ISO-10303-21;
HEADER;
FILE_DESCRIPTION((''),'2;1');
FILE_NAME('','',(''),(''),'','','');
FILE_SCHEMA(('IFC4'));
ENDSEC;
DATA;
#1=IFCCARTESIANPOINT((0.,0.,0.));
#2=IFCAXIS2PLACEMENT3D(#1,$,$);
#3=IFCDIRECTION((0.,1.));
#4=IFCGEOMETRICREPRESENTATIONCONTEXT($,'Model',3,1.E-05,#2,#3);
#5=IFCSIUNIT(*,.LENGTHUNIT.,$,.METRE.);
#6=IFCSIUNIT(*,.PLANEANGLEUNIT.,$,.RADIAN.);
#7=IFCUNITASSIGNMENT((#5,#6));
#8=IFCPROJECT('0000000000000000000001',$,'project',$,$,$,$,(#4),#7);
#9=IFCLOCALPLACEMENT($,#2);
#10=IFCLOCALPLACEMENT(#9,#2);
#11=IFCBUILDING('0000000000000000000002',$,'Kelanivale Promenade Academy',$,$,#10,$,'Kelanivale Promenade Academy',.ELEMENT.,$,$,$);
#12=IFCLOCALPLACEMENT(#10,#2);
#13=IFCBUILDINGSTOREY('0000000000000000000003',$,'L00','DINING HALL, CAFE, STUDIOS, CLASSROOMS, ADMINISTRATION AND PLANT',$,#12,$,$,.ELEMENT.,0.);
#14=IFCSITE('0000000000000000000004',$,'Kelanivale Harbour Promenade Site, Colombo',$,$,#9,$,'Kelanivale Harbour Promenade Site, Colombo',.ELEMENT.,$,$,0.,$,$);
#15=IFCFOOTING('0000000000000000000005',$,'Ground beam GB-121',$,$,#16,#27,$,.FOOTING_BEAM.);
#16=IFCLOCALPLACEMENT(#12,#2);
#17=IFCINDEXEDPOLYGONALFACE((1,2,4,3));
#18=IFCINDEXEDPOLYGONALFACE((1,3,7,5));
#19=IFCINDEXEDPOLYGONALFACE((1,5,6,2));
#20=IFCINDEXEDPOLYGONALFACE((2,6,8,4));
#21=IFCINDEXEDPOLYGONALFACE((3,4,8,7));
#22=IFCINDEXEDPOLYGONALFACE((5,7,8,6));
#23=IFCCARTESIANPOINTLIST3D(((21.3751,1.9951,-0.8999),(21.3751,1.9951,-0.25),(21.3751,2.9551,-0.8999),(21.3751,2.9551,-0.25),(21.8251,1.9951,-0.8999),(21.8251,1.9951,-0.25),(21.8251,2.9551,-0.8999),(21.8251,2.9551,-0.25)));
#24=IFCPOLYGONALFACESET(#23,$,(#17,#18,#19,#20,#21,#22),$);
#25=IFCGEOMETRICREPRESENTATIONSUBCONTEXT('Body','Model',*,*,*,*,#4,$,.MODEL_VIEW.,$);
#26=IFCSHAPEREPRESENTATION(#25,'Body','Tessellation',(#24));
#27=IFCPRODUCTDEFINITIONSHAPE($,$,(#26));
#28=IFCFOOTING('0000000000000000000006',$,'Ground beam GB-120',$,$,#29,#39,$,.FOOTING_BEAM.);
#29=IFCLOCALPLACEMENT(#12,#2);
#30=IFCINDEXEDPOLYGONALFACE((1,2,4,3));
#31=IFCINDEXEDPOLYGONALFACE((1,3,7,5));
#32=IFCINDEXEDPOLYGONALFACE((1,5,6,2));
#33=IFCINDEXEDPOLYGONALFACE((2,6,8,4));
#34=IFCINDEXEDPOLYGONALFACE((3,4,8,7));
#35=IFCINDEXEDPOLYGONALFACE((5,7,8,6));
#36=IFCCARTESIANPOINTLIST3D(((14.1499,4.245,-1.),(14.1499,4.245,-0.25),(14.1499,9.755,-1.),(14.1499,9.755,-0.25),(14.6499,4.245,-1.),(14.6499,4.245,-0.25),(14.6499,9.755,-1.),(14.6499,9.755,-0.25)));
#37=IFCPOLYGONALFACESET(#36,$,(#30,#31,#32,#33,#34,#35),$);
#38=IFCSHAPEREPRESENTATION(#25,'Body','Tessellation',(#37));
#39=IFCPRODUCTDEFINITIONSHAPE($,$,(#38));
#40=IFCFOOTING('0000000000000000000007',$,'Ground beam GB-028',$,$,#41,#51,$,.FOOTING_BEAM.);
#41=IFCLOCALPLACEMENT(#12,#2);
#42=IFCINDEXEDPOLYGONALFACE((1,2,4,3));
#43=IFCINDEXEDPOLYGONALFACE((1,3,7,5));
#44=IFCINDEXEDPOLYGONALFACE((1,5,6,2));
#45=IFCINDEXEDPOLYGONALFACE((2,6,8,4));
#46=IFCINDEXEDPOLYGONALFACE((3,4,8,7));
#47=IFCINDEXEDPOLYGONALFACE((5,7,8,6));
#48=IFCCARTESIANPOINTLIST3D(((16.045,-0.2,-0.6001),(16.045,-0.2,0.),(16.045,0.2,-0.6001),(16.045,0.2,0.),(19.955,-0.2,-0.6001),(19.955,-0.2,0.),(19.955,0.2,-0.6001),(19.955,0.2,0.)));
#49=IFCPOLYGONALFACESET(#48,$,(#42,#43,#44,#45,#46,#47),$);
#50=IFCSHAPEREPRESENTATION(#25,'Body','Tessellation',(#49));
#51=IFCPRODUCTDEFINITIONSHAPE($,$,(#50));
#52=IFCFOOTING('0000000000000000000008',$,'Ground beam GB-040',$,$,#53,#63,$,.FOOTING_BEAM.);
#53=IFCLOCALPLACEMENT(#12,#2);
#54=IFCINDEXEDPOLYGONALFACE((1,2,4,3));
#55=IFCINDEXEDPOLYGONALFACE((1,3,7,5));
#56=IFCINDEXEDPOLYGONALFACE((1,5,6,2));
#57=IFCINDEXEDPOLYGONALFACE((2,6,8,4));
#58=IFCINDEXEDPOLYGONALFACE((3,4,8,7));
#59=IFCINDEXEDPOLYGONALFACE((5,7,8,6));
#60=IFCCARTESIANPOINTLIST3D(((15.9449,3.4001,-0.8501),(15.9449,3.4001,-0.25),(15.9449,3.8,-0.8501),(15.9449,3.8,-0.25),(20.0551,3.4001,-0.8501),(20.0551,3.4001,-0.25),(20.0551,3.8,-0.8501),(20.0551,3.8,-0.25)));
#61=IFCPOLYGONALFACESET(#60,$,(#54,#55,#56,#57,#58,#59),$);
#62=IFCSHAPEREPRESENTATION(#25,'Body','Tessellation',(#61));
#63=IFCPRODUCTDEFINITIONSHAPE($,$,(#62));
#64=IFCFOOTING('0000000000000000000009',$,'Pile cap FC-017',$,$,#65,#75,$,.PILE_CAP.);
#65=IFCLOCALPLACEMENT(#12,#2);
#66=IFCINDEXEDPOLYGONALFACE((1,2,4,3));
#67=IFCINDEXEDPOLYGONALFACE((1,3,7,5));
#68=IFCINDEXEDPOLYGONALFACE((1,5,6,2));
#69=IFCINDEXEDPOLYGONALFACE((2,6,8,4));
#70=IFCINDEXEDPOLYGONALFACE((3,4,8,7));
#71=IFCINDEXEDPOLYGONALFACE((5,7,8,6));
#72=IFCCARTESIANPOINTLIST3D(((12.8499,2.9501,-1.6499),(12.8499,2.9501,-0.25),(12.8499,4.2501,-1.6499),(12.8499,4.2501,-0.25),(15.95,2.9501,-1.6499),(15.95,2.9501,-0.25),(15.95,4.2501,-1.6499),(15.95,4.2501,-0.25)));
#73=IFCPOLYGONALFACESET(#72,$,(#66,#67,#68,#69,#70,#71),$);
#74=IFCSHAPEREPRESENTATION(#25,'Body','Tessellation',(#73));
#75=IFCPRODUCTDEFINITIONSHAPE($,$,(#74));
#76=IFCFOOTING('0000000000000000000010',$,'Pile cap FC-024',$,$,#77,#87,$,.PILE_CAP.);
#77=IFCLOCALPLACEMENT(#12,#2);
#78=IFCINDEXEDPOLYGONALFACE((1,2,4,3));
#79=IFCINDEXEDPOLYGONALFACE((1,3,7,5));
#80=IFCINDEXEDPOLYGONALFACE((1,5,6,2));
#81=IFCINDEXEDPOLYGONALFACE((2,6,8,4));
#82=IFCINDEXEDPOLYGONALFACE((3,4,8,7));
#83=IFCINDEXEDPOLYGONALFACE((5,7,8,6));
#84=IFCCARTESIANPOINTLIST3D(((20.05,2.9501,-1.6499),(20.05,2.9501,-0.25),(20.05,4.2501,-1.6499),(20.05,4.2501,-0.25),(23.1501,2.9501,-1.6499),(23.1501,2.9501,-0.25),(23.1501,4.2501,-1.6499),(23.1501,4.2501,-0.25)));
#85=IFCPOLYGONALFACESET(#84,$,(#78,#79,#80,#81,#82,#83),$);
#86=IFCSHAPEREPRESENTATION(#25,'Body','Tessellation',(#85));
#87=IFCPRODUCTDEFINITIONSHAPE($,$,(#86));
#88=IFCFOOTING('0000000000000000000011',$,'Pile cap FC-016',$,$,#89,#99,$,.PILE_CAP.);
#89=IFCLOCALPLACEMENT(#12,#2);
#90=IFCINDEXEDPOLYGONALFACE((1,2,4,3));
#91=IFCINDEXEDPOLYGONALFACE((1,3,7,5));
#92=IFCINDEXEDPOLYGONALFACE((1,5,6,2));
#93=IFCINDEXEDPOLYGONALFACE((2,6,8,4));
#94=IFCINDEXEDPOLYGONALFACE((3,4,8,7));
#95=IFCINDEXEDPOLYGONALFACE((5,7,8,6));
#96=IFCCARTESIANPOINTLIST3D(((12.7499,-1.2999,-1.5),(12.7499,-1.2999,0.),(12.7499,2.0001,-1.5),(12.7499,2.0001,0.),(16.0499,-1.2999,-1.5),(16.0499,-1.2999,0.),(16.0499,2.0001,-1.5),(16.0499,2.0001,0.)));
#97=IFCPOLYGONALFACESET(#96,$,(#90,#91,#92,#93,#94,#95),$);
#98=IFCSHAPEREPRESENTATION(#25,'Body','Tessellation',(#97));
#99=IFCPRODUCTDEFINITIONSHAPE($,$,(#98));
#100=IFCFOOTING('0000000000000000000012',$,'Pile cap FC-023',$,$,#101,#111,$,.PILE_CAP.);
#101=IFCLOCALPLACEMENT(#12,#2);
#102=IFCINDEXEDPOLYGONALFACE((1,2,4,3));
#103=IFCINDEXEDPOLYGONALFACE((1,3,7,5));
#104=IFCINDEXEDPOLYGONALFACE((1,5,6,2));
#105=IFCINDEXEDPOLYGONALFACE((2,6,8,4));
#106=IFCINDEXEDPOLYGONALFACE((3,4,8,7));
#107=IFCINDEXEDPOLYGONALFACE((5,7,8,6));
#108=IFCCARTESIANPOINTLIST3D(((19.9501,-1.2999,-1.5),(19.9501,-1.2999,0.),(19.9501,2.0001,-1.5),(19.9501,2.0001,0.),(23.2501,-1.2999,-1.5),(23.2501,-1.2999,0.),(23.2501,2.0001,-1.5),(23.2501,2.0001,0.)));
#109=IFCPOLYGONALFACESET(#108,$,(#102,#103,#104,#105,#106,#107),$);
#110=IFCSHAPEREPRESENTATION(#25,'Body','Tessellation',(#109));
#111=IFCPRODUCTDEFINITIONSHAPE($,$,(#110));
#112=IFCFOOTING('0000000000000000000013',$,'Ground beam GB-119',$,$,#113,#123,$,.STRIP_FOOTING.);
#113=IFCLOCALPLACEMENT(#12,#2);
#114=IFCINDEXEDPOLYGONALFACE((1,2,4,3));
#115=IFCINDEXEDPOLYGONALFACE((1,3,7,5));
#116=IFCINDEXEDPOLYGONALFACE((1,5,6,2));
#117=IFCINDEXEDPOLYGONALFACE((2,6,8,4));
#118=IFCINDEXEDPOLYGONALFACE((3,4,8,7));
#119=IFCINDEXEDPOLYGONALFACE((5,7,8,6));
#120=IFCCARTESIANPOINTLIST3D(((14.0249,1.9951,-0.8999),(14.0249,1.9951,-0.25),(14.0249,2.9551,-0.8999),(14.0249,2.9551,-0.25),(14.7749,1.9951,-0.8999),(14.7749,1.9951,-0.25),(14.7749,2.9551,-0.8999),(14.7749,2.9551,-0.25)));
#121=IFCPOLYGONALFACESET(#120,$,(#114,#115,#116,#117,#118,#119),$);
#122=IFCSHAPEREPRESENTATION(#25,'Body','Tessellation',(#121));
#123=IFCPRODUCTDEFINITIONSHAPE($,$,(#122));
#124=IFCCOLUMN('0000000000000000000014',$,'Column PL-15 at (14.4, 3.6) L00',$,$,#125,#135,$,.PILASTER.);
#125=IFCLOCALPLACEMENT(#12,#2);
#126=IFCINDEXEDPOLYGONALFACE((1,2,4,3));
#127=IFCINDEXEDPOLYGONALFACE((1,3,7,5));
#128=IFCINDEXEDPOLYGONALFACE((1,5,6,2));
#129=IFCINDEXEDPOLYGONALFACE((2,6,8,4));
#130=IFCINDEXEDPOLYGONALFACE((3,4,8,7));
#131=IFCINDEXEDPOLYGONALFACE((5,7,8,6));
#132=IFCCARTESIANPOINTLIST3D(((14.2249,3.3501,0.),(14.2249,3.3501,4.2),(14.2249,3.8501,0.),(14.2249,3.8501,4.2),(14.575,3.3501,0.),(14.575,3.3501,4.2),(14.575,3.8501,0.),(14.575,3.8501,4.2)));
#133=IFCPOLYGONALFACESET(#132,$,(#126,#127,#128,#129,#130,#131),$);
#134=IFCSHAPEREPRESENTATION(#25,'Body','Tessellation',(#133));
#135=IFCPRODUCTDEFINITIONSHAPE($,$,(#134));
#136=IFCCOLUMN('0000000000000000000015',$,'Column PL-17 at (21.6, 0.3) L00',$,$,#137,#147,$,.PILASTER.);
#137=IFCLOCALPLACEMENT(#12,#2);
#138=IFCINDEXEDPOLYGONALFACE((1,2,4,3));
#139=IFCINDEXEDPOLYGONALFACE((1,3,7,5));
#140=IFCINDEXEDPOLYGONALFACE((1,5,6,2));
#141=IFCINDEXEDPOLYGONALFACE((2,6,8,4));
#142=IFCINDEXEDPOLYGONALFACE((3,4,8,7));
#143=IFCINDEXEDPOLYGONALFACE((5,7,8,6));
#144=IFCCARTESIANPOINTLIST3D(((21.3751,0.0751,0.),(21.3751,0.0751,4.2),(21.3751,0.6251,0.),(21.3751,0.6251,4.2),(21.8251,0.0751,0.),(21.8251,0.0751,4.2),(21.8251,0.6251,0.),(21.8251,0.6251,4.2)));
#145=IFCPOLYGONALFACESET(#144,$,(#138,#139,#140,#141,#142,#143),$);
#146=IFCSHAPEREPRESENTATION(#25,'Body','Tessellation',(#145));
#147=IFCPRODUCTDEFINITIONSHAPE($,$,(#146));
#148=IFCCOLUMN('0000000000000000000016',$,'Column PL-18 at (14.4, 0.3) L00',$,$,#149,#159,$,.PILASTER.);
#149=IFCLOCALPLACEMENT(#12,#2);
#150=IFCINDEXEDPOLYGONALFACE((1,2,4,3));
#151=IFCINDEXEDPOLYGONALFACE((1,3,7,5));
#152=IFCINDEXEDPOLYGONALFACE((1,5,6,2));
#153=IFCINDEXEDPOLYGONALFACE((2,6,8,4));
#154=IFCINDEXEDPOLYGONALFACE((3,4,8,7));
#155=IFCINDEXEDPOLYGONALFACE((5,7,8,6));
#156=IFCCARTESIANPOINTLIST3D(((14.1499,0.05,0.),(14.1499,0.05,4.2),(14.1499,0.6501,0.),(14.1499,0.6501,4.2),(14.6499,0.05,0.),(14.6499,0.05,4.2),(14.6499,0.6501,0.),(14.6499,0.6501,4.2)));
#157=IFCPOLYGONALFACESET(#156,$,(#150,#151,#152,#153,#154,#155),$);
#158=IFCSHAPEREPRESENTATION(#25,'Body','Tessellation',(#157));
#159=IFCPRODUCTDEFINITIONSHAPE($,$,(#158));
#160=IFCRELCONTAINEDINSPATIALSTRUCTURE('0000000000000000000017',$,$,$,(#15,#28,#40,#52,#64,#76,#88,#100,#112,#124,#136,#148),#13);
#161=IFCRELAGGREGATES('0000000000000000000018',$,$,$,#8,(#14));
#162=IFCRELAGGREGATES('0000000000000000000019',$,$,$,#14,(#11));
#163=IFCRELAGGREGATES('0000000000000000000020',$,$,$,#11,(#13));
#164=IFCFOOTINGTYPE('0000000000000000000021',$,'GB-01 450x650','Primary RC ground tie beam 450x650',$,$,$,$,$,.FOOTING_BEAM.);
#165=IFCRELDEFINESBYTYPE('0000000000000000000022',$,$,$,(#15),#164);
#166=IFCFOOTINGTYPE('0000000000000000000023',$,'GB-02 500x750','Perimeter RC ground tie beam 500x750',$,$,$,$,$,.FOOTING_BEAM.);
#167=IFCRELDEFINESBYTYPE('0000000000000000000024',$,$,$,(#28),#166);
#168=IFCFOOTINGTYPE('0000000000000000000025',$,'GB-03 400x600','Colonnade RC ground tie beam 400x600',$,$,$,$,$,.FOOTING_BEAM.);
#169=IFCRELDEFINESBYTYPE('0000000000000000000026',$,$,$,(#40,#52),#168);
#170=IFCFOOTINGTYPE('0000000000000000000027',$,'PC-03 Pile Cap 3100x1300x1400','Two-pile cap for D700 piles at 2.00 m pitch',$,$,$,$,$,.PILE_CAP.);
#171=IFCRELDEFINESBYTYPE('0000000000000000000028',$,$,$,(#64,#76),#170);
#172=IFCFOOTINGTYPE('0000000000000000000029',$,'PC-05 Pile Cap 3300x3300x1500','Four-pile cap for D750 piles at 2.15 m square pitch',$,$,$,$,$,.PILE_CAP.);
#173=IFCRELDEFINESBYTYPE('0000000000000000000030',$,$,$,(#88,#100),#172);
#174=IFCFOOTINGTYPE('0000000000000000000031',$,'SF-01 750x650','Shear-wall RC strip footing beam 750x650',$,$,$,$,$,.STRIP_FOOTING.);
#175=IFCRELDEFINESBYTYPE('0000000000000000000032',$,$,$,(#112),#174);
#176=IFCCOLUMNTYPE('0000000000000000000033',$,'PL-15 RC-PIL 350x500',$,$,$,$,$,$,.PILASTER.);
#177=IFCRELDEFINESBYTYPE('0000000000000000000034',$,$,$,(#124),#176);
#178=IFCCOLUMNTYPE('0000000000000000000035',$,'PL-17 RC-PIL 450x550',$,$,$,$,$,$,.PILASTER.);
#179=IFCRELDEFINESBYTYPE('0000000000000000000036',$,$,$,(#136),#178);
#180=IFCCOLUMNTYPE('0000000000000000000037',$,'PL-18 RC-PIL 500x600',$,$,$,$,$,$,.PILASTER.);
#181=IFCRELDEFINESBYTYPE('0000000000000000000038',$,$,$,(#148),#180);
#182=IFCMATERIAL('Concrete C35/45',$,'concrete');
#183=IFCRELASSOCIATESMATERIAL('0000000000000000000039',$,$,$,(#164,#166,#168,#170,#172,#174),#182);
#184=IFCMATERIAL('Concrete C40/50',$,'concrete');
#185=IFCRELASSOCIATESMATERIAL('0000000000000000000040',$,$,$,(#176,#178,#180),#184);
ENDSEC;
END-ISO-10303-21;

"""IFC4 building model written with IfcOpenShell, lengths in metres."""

from ifc_helpers import new_model, si_unit, direction, frame, origin, origin_2d, place, context, subcontext, project, spatial, rectangle, extrude, material, material_profile, profile_set, type_object, element, save


model = new_model("IFC4")

# Units and contexts
model_context = context("Model", 3, precision=1e-05, world=origin(), true_north=direction((0.0, 1.0)))
body_context = subcontext(model_context, "Body", "Model", "MODEL_VIEW")
ifc_project = project(units=[si_unit("LENGTHUNIT", "METRE"), si_unit("PLANEANGLEUNIT", "RADIAN")], contexts=[model_context])

# Site, building, storey
site_placement = place(None, origin())
site = spatial("IfcSite", under=ifc_project, at=site_placement, Name="Kelanivale Harbour Promenade Site, Colombo", LongName="Kelanivale Harbour Promenade Site, Colombo", CompositionType="ELEMENT", RefElevation=0.0)
building_placement = place(site_placement, origin())
building = spatial("IfcBuilding", under=site, at=building_placement, Name="Kelanivale Promenade Academy", LongName="Kelanivale Promenade Academy", CompositionType="ELEMENT")
storey_placement = place(building_placement, origin())
storey = spatial("IfcBuildingStorey", under=building, at=storey_placement, Name="L00", Description="DINING HALL, CAFE, STUDIOS, CLASSROOMS, ADMINISTRATION AND PLANT", CompositionType="ELEMENT", Elevation=0.0)

# Shared definitions
ifc_material_1 = material(Name="Concrete C35/45", Category="concrete")

# Footings
footing_type_1 = type_object("IfcFootingType", Name="GB-01 450x650", Description="Primary RC ground tie beam 450x650", PredefinedType="FOOTING_BEAM", material=ifc_material_1)
footing_1_placement = place(storey_placement, frame((21.6001, 2.4751, -0.8999), z_axis=(0.0, 0.0, 1.0), x_axis=(0.0, 1.0, 0.0)))
element("IfcFooting", 1, at=footing_1_placement, inside=storey, type_object=footing_type_1, Name="Ground beam GB-121", PredefinedType="FOOTING_BEAM", context=body_context, shape_type="SweptSolid", body=[
    extrude(rectangle(XDim=0.96, YDim=0.45, at=origin_2d()), origin(), (0.0, 0.0, 1.0), 0.6499),
])
footing_type_2 = type_object("IfcFootingType", Name="GB-02 500x750", Description="Perimeter RC ground tie beam 500x750", PredefinedType="FOOTING_BEAM", material=ifc_material_1)
footing_2_placement = place(storey_placement, frame((14.3999, 7.0, -1.0), z_axis=(0.0, 0.0, 1.0), x_axis=(0.0, 1.0, 0.0)))
element("IfcFooting", 2, at=footing_2_placement, inside=storey, type_object=footing_type_2, Name="Ground beam GB-120", PredefinedType="FOOTING_BEAM", context=body_context, shape_type="SweptSolid", body=[
    extrude(rectangle(XDim=5.51, YDim=0.5, at=origin_2d()), origin(), (0.0, 0.0, 1.0), 0.75),
])
footing_type_3 = type_object("IfcFootingType", Name="GB-03 400x600", Description="Colonnade RC ground tie beam 400x600", PredefinedType="FOOTING_BEAM", material=ifc_material_1)
footing_3_placement = place(storey_placement, frame((18.0, 0.0, -0.6001), z_axis=(0.0, 0.0, 1.0), x_axis=(1.0, 0.0, 0.0)))
element("IfcFooting", 3, at=footing_3_placement, inside=storey, type_object=footing_type_3, Name="Ground beam GB-028", PredefinedType="FOOTING_BEAM", context=body_context, shape_type="SweptSolid", body=[
    extrude(rectangle(XDim=3.9099, YDim=0.3999, at=origin_2d()), origin(), (0.0, 0.0, 1.0), 0.6001),
])
footing_4_placement = place(storey_placement, frame((18.0, 3.6001, -0.8501), z_axis=(0.0, 0.0, 1.0), x_axis=(1.0, 0.0, 0.0)))
element("IfcFooting", 4, at=footing_4_placement, inside=storey, type_object=footing_type_3, Name="Ground beam GB-040", PredefinedType="FOOTING_BEAM", context=body_context, shape_type="SweptSolid", body=[
    extrude(rectangle(XDim=4.1101, YDim=0.3999, at=origin_2d()), origin(), (0.0, 0.0, 1.0), 0.6001),
])
footing_type_4 = type_object("IfcFootingType", Name="PC-03 Pile Cap 3100x1300x1400", Description="Two-pile cap for D700 piles at 2.00 m pitch", PredefinedType="PILE_CAP", material=ifc_material_1)
for number, where, z_axis, x_axis, name in (
    (5, (14.3999, 3.6001, -1.6499), (0.0, 0.0, 1.0), (1.0, 0.0, 0.0), "Pile cap FC-017"),
    (6, (21.6001, 3.6001, -1.6499), (0.0, 0.0, 1.0), (1.0, 0.0, 0.0), "Pile cap FC-024"),
):
    element("IfcFooting", number, at=place(storey_placement, frame(where, z_axis=z_axis, x_axis=x_axis)), inside=storey, type_object=footing_type_4, Name=name, PredefinedType="PILE_CAP", context=body_context, shape_type="SweptSolid", body=[
        extrude(rectangle(XDim=3.1001, YDim=1.3, at=origin_2d()), origin(), (0.0, 0.0, 1.0), 1.3999),
    ])
footing_type_5 = type_object("IfcFootingType", Name="PC-05 Pile Cap 3300x3300x1500", Description="Four-pile cap for D750 piles at 2.15 m square pitch", PredefinedType="PILE_CAP", material=ifc_material_1)
for number, where, z_axis, x_axis, name in (
    (7, (14.3999, 0.3501, -1.5), (0.0, 0.0, 1.0), (1.0, 0.0, 0.0), "Pile cap FC-016"),
    (8, (21.6001, 0.3501, -1.5), (0.0, 0.0, 1.0), (1.0, 0.0, 0.0), "Pile cap FC-023"),
):
    element("IfcFooting", number, at=place(storey_placement, frame(where, z_axis=z_axis, x_axis=x_axis)), inside=storey, type_object=footing_type_5, Name=name, PredefinedType="PILE_CAP", context=body_context, shape_type="SweptSolid", body=[
        extrude(rectangle(XDim=3.3, YDim=3.3, at=origin_2d()), origin(), (0.0, 0.0, 1.0), 1.5),
    ])
footing_type_6 = type_object("IfcFootingType", Name="SF-01 750x650", Description="Shear-wall RC strip footing beam 750x650", PredefinedType="STRIP_FOOTING", material=ifc_material_1)
footing_5_placement = place(storey_placement, frame((14.3999, 2.4751, -0.8999), z_axis=(0.0, 0.0, 1.0), x_axis=(0.0, 1.0, 0.0)))
element("IfcFooting", 9, at=footing_5_placement, inside=storey, type_object=footing_type_6, Name="Ground beam GB-119", PredefinedType="STRIP_FOOTING", context=body_context, shape_type="SweptSolid", body=[
    extrude(rectangle(XDim=0.96, YDim=0.75, at=origin_2d()), origin(), (0.0, 0.0, 1.0), 0.6499),
])

# Columns
ifc_material_2 = material(Name="Concrete C40/50", Category="concrete")
ifc_material_profile_1 = material_profile(ifc_material_2, rectangle(XDim=0.3501, YDim=0.5, at=origin_2d()), Name="RC-PIL 350x500")
ifc_profile_set_1 = profile_set([ifc_material_profile_1], Name="Concrete C40/50")
column_type_1 = type_object("IfcColumnType", Name="PL-15 RC-PIL 350x500", PredefinedType="PILASTER", material=ifc_profile_set_1)
column_1_placement = place(storey_placement, frame((14.3999, 3.6001, 0.0), z_axis=(0.0, 0.0, 1.0), x_axis=(1.0, 0.0, 0.0)))
element("IfcColumn", 10, at=column_1_placement, inside=storey, type_object=column_type_1, Name="Column PL-15 at (14.4, 3.6) L00", PredefinedType="PILASTER", context=body_context, shape_type="SweptSolid", body=[
    extrude(rectangle(XDim=0.3501, YDim=0.5, at=origin_2d()), origin(), (0.0, 0.0, 1.0), 4.2),
])
ifc_material_profile_2 = material_profile(ifc_material_2, rectangle(XDim=0.45, YDim=0.55, at=origin_2d()), Name="RC-PIL 450x550")
ifc_profile_set_2 = profile_set([ifc_material_profile_2], Name="Concrete C40/50")
column_type_2 = type_object("IfcColumnType", Name="PL-17 RC-PIL 450x550", PredefinedType="PILASTER", material=ifc_profile_set_2)
column_2_placement = place(storey_placement, frame((21.6001, 0.3501, 0.0), z_axis=(0.0, 0.0, 1.0), x_axis=(1.0, 0.0, 0.0)))
element("IfcColumn", 11, at=column_2_placement, inside=storey, type_object=column_type_2, Name="Column PL-17 at (21.6, 0.3) L00", PredefinedType="PILASTER", context=body_context, shape_type="SweptSolid", body=[
    extrude(rectangle(XDim=0.45, YDim=0.55, at=origin_2d()), origin(), (0.0, 0.0, 1.0), 4.2),
])
ifc_material_profile_3 = material_profile(ifc_material_2, rectangle(XDim=0.5, YDim=0.6001, at=origin_2d()), Name="RC-PIL 500x600")
ifc_profile_set_3 = profile_set([ifc_material_profile_3], Name="Concrete C40/50")
column_type_3 = type_object("IfcColumnType", Name="PL-18 RC-PIL 500x600", PredefinedType="PILASTER", material=ifc_profile_set_3)
column_3_placement = place(storey_placement, frame((14.3999, 0.3501, 0.0), z_axis=(0.0, 0.0, 1.0), x_axis=(1.0, 0.0, 0.0)))
element("IfcColumn", 12, at=column_3_placement, inside=storey, type_object=column_type_3, Name="Column PL-18 at (14.4, 0.3) L00", PredefinedType="PILASTER", context=body_context, shape_type="SweptSolid", body=[
    extrude(rectangle(XDim=0.5, YDim=0.6001, at=origin_2d()), origin(), (0.0, 0.0, 1.0), 4.2),
])

save(model, "model.ifc")
